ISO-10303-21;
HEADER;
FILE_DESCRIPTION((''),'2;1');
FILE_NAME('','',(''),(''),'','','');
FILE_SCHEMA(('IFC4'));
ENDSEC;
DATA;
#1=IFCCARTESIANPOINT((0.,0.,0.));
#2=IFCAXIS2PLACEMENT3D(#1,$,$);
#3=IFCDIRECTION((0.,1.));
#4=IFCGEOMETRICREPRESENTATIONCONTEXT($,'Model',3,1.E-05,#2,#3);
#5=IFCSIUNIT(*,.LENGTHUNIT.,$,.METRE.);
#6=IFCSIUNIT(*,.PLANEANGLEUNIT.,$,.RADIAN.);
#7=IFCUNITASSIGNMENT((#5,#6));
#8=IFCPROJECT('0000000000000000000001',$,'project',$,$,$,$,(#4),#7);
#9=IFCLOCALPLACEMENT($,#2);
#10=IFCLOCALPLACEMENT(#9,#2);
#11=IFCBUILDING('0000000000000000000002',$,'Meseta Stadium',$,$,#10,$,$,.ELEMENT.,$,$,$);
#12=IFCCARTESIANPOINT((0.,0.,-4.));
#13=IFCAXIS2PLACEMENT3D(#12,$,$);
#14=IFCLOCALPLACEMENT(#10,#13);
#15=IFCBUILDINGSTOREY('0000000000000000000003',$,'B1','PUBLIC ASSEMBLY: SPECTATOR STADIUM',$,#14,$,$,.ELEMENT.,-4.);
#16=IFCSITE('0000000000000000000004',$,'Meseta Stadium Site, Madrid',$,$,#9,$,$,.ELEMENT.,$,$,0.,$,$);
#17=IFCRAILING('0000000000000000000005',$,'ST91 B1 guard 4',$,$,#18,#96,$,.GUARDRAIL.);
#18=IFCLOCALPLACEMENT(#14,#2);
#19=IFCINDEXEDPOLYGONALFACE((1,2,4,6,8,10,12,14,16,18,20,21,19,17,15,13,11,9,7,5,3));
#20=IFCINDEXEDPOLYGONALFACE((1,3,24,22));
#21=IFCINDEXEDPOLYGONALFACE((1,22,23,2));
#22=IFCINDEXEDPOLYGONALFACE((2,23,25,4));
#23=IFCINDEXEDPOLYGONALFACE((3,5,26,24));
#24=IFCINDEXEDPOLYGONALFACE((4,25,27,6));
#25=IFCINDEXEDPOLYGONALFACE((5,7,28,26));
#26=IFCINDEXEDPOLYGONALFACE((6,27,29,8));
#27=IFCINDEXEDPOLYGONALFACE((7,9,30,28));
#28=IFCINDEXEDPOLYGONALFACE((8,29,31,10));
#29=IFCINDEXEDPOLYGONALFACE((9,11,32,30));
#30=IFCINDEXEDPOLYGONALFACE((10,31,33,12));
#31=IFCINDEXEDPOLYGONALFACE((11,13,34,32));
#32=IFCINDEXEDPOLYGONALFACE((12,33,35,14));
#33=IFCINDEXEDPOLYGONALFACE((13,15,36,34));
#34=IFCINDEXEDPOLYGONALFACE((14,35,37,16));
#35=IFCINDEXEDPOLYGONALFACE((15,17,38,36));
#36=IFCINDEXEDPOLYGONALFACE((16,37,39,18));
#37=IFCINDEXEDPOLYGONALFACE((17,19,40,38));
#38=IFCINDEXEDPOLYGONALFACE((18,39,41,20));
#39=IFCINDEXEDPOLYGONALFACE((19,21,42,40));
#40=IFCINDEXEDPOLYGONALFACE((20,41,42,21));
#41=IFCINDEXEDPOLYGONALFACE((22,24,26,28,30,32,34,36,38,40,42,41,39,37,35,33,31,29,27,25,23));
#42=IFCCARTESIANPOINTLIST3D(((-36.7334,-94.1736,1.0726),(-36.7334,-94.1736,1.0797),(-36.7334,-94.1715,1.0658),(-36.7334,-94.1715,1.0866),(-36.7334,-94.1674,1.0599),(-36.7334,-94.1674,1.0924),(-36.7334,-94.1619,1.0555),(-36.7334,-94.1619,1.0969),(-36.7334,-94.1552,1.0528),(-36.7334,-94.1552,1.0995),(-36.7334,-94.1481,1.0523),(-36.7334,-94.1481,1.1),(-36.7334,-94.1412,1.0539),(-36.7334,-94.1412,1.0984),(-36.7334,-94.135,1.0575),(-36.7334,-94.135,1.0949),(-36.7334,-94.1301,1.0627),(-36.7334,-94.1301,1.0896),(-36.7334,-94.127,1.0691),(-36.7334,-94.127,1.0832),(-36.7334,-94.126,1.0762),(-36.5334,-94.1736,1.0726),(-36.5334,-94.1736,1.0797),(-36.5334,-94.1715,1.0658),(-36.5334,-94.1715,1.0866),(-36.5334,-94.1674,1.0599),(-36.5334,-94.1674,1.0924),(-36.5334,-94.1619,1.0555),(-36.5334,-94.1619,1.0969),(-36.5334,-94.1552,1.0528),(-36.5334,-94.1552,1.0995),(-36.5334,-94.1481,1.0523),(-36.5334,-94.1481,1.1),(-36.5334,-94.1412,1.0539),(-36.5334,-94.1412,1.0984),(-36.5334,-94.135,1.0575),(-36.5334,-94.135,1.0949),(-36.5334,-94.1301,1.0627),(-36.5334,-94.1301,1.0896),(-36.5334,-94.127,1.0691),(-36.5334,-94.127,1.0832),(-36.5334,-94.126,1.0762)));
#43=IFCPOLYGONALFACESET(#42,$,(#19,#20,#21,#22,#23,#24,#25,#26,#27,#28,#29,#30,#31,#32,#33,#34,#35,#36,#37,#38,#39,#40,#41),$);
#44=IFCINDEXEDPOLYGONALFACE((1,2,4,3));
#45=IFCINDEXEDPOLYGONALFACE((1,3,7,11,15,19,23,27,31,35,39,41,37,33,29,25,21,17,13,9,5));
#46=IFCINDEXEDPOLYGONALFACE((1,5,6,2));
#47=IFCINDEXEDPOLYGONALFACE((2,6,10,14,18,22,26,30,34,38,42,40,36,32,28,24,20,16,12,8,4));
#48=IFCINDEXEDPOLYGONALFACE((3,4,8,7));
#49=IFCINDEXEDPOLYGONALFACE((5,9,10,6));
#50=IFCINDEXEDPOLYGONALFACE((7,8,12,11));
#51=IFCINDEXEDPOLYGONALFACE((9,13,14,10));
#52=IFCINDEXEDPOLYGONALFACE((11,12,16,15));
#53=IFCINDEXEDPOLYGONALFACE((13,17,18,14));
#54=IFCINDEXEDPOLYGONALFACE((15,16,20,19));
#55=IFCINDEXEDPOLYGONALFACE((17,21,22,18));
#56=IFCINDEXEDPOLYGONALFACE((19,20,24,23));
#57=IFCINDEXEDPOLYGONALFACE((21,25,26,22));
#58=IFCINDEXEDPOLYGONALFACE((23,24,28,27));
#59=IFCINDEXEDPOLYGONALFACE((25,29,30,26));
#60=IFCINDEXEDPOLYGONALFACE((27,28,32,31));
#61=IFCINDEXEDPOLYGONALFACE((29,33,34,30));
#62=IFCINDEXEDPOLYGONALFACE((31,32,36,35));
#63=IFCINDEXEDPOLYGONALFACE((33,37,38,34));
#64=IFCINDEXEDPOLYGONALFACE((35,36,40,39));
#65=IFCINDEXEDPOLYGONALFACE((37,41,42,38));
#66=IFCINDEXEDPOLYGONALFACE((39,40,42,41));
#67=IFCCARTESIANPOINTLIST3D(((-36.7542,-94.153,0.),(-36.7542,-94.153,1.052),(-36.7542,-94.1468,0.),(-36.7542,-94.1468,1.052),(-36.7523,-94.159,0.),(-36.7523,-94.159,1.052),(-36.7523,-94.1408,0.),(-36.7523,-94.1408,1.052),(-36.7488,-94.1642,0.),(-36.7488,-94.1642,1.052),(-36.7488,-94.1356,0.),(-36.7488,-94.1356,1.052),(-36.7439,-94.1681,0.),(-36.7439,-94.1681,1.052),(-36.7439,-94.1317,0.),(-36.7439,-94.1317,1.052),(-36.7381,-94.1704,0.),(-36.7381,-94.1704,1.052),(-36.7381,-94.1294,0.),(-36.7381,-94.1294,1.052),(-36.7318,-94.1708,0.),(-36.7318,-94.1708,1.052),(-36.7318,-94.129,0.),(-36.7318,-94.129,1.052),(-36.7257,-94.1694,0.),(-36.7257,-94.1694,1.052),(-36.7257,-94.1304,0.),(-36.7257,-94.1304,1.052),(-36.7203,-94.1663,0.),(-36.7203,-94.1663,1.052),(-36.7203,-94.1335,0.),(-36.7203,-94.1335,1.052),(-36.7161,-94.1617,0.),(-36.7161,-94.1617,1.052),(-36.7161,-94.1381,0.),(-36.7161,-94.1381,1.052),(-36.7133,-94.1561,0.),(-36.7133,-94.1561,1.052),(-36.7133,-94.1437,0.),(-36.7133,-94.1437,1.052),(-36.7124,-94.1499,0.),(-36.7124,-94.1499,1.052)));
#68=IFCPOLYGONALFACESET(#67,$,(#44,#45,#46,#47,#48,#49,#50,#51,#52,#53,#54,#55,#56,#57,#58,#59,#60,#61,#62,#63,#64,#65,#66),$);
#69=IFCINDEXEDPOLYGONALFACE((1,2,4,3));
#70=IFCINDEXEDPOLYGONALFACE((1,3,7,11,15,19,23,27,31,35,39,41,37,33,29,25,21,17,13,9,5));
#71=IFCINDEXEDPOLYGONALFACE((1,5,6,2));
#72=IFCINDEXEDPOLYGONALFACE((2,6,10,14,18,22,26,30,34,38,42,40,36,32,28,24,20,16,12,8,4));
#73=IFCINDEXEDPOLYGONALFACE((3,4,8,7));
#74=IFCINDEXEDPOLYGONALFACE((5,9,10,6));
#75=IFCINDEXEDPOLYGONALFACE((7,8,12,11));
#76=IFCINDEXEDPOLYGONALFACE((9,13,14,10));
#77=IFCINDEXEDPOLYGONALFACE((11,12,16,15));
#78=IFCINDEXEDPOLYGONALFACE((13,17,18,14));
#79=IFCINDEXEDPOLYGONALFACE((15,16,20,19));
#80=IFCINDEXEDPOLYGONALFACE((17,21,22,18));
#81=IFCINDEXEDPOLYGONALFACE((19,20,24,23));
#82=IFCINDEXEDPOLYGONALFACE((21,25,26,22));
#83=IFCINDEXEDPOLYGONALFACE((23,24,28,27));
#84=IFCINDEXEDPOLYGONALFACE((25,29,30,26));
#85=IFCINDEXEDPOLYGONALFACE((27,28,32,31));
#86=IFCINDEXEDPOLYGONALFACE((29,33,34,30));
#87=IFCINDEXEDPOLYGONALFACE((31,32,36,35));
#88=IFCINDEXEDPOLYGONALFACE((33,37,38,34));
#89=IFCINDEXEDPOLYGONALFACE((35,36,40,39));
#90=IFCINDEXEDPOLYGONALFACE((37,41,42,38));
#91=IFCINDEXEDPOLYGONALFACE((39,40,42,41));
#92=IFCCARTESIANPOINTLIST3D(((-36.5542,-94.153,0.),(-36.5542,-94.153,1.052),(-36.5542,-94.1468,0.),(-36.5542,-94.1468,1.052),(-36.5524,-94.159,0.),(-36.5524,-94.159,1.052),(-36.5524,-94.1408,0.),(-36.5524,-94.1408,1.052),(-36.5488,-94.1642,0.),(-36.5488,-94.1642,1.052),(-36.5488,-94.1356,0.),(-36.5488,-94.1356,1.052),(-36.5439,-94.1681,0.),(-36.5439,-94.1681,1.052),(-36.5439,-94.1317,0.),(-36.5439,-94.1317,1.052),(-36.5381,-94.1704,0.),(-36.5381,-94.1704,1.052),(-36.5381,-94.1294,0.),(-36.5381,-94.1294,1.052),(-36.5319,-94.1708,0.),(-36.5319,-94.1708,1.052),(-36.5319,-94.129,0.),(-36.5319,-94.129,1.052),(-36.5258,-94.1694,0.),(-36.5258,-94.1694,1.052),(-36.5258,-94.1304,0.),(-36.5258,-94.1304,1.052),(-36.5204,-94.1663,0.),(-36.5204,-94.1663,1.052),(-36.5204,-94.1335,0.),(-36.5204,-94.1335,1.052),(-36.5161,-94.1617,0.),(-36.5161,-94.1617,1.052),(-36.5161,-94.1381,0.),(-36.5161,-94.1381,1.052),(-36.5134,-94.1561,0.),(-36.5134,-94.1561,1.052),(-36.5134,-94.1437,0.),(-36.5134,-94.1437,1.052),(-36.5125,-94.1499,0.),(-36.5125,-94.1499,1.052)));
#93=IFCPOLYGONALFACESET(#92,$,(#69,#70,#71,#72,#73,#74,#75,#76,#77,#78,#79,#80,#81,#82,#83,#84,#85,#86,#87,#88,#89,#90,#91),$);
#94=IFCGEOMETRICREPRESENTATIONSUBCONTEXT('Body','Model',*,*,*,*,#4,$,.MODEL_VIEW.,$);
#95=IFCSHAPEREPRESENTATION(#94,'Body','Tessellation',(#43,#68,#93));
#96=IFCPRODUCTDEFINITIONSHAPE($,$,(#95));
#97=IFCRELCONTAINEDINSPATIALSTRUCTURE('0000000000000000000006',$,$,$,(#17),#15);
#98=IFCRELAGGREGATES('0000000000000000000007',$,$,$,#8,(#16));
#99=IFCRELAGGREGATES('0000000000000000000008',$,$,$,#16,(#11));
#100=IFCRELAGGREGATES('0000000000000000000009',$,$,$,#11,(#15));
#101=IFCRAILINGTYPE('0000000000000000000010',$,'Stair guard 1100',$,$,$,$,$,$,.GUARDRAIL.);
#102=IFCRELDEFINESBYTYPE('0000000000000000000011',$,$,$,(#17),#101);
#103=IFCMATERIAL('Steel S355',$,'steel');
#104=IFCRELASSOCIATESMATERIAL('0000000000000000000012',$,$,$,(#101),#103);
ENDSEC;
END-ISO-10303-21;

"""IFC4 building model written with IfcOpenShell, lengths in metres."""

from ifc_helpers import new_model, si_unit, direction, frame, origin, origin_2d, place, context, subcontext, project, spatial, circle, extrude, material, type_object, element, save


model = new_model("IFC4")

# Units and contexts
model_context = context("Model", 3, precision=1e-05, world=origin(), true_north=direction((0.0, 1.0)))
body_context = subcontext(model_context, "Body", "Model", "MODEL_VIEW")
ifc_project = project(units=[si_unit("LENGTHUNIT", "METRE"), si_unit("PLANEANGLEUNIT", "RADIAN")], contexts=[model_context])

# Site, building, storey
site_placement = place(None, origin())
site = spatial("IfcSite", under=ifc_project, at=site_placement, Name="Meseta Stadium Site, Madrid", CompositionType="ELEMENT", RefElevation=0.0)
building_placement = place(site_placement, origin())
building = spatial("IfcBuilding", under=site, at=building_placement, Name="Meseta Stadium", CompositionType="ELEMENT")
storey_placement = place(building_placement, frame((0.0, 0.0, -4.0)))
storey = spatial("IfcBuildingStorey", under=building, at=storey_placement, Name="B1", Description="PUBLIC ASSEMBLY: SPECTATOR STADIUM", CompositionType="ELEMENT", Elevation=-4.0)

# Railing
ifc_material_1 = material(Name="Steel S355", Category="steel")
railing_type_1 = type_object("IfcRailingType", Name="Stair guard 1100", PredefinedType="GUARDRAIL", material=ifc_material_1)
railing_1_placement = place(storey_placement, frame((-36.7334, -94.1499, 0.0)))
element("IfcRailing", 1, at=railing_1_placement, inside=storey, type_object=railing_type_1, Name="ST91 B1 guard 4", PredefinedType="GUARDRAIL", context=body_context, shape_type="SweptSolid", body=[
    extrude(circle(Radius=0.0239, at=origin_2d()), frame((0.0, 0.0, 1.0762), z_axis=(1.0, 0.0, 0.0), x_axis=(0.0, 1.0, 0.0)), (0.0, 0.0, 1.0), 0.2),
    extrude(circle(Radius=0.021, at=origin_2d()), origin(), (0.0, 0.0, 1.0), 1.052),
    extrude(circle(Radius=0.021, at=origin_2d()), frame((0.2, 0.0, 0.0)), (0.0, 0.0, 1.0), 1.052),
])

save(model, "model.ifc")
